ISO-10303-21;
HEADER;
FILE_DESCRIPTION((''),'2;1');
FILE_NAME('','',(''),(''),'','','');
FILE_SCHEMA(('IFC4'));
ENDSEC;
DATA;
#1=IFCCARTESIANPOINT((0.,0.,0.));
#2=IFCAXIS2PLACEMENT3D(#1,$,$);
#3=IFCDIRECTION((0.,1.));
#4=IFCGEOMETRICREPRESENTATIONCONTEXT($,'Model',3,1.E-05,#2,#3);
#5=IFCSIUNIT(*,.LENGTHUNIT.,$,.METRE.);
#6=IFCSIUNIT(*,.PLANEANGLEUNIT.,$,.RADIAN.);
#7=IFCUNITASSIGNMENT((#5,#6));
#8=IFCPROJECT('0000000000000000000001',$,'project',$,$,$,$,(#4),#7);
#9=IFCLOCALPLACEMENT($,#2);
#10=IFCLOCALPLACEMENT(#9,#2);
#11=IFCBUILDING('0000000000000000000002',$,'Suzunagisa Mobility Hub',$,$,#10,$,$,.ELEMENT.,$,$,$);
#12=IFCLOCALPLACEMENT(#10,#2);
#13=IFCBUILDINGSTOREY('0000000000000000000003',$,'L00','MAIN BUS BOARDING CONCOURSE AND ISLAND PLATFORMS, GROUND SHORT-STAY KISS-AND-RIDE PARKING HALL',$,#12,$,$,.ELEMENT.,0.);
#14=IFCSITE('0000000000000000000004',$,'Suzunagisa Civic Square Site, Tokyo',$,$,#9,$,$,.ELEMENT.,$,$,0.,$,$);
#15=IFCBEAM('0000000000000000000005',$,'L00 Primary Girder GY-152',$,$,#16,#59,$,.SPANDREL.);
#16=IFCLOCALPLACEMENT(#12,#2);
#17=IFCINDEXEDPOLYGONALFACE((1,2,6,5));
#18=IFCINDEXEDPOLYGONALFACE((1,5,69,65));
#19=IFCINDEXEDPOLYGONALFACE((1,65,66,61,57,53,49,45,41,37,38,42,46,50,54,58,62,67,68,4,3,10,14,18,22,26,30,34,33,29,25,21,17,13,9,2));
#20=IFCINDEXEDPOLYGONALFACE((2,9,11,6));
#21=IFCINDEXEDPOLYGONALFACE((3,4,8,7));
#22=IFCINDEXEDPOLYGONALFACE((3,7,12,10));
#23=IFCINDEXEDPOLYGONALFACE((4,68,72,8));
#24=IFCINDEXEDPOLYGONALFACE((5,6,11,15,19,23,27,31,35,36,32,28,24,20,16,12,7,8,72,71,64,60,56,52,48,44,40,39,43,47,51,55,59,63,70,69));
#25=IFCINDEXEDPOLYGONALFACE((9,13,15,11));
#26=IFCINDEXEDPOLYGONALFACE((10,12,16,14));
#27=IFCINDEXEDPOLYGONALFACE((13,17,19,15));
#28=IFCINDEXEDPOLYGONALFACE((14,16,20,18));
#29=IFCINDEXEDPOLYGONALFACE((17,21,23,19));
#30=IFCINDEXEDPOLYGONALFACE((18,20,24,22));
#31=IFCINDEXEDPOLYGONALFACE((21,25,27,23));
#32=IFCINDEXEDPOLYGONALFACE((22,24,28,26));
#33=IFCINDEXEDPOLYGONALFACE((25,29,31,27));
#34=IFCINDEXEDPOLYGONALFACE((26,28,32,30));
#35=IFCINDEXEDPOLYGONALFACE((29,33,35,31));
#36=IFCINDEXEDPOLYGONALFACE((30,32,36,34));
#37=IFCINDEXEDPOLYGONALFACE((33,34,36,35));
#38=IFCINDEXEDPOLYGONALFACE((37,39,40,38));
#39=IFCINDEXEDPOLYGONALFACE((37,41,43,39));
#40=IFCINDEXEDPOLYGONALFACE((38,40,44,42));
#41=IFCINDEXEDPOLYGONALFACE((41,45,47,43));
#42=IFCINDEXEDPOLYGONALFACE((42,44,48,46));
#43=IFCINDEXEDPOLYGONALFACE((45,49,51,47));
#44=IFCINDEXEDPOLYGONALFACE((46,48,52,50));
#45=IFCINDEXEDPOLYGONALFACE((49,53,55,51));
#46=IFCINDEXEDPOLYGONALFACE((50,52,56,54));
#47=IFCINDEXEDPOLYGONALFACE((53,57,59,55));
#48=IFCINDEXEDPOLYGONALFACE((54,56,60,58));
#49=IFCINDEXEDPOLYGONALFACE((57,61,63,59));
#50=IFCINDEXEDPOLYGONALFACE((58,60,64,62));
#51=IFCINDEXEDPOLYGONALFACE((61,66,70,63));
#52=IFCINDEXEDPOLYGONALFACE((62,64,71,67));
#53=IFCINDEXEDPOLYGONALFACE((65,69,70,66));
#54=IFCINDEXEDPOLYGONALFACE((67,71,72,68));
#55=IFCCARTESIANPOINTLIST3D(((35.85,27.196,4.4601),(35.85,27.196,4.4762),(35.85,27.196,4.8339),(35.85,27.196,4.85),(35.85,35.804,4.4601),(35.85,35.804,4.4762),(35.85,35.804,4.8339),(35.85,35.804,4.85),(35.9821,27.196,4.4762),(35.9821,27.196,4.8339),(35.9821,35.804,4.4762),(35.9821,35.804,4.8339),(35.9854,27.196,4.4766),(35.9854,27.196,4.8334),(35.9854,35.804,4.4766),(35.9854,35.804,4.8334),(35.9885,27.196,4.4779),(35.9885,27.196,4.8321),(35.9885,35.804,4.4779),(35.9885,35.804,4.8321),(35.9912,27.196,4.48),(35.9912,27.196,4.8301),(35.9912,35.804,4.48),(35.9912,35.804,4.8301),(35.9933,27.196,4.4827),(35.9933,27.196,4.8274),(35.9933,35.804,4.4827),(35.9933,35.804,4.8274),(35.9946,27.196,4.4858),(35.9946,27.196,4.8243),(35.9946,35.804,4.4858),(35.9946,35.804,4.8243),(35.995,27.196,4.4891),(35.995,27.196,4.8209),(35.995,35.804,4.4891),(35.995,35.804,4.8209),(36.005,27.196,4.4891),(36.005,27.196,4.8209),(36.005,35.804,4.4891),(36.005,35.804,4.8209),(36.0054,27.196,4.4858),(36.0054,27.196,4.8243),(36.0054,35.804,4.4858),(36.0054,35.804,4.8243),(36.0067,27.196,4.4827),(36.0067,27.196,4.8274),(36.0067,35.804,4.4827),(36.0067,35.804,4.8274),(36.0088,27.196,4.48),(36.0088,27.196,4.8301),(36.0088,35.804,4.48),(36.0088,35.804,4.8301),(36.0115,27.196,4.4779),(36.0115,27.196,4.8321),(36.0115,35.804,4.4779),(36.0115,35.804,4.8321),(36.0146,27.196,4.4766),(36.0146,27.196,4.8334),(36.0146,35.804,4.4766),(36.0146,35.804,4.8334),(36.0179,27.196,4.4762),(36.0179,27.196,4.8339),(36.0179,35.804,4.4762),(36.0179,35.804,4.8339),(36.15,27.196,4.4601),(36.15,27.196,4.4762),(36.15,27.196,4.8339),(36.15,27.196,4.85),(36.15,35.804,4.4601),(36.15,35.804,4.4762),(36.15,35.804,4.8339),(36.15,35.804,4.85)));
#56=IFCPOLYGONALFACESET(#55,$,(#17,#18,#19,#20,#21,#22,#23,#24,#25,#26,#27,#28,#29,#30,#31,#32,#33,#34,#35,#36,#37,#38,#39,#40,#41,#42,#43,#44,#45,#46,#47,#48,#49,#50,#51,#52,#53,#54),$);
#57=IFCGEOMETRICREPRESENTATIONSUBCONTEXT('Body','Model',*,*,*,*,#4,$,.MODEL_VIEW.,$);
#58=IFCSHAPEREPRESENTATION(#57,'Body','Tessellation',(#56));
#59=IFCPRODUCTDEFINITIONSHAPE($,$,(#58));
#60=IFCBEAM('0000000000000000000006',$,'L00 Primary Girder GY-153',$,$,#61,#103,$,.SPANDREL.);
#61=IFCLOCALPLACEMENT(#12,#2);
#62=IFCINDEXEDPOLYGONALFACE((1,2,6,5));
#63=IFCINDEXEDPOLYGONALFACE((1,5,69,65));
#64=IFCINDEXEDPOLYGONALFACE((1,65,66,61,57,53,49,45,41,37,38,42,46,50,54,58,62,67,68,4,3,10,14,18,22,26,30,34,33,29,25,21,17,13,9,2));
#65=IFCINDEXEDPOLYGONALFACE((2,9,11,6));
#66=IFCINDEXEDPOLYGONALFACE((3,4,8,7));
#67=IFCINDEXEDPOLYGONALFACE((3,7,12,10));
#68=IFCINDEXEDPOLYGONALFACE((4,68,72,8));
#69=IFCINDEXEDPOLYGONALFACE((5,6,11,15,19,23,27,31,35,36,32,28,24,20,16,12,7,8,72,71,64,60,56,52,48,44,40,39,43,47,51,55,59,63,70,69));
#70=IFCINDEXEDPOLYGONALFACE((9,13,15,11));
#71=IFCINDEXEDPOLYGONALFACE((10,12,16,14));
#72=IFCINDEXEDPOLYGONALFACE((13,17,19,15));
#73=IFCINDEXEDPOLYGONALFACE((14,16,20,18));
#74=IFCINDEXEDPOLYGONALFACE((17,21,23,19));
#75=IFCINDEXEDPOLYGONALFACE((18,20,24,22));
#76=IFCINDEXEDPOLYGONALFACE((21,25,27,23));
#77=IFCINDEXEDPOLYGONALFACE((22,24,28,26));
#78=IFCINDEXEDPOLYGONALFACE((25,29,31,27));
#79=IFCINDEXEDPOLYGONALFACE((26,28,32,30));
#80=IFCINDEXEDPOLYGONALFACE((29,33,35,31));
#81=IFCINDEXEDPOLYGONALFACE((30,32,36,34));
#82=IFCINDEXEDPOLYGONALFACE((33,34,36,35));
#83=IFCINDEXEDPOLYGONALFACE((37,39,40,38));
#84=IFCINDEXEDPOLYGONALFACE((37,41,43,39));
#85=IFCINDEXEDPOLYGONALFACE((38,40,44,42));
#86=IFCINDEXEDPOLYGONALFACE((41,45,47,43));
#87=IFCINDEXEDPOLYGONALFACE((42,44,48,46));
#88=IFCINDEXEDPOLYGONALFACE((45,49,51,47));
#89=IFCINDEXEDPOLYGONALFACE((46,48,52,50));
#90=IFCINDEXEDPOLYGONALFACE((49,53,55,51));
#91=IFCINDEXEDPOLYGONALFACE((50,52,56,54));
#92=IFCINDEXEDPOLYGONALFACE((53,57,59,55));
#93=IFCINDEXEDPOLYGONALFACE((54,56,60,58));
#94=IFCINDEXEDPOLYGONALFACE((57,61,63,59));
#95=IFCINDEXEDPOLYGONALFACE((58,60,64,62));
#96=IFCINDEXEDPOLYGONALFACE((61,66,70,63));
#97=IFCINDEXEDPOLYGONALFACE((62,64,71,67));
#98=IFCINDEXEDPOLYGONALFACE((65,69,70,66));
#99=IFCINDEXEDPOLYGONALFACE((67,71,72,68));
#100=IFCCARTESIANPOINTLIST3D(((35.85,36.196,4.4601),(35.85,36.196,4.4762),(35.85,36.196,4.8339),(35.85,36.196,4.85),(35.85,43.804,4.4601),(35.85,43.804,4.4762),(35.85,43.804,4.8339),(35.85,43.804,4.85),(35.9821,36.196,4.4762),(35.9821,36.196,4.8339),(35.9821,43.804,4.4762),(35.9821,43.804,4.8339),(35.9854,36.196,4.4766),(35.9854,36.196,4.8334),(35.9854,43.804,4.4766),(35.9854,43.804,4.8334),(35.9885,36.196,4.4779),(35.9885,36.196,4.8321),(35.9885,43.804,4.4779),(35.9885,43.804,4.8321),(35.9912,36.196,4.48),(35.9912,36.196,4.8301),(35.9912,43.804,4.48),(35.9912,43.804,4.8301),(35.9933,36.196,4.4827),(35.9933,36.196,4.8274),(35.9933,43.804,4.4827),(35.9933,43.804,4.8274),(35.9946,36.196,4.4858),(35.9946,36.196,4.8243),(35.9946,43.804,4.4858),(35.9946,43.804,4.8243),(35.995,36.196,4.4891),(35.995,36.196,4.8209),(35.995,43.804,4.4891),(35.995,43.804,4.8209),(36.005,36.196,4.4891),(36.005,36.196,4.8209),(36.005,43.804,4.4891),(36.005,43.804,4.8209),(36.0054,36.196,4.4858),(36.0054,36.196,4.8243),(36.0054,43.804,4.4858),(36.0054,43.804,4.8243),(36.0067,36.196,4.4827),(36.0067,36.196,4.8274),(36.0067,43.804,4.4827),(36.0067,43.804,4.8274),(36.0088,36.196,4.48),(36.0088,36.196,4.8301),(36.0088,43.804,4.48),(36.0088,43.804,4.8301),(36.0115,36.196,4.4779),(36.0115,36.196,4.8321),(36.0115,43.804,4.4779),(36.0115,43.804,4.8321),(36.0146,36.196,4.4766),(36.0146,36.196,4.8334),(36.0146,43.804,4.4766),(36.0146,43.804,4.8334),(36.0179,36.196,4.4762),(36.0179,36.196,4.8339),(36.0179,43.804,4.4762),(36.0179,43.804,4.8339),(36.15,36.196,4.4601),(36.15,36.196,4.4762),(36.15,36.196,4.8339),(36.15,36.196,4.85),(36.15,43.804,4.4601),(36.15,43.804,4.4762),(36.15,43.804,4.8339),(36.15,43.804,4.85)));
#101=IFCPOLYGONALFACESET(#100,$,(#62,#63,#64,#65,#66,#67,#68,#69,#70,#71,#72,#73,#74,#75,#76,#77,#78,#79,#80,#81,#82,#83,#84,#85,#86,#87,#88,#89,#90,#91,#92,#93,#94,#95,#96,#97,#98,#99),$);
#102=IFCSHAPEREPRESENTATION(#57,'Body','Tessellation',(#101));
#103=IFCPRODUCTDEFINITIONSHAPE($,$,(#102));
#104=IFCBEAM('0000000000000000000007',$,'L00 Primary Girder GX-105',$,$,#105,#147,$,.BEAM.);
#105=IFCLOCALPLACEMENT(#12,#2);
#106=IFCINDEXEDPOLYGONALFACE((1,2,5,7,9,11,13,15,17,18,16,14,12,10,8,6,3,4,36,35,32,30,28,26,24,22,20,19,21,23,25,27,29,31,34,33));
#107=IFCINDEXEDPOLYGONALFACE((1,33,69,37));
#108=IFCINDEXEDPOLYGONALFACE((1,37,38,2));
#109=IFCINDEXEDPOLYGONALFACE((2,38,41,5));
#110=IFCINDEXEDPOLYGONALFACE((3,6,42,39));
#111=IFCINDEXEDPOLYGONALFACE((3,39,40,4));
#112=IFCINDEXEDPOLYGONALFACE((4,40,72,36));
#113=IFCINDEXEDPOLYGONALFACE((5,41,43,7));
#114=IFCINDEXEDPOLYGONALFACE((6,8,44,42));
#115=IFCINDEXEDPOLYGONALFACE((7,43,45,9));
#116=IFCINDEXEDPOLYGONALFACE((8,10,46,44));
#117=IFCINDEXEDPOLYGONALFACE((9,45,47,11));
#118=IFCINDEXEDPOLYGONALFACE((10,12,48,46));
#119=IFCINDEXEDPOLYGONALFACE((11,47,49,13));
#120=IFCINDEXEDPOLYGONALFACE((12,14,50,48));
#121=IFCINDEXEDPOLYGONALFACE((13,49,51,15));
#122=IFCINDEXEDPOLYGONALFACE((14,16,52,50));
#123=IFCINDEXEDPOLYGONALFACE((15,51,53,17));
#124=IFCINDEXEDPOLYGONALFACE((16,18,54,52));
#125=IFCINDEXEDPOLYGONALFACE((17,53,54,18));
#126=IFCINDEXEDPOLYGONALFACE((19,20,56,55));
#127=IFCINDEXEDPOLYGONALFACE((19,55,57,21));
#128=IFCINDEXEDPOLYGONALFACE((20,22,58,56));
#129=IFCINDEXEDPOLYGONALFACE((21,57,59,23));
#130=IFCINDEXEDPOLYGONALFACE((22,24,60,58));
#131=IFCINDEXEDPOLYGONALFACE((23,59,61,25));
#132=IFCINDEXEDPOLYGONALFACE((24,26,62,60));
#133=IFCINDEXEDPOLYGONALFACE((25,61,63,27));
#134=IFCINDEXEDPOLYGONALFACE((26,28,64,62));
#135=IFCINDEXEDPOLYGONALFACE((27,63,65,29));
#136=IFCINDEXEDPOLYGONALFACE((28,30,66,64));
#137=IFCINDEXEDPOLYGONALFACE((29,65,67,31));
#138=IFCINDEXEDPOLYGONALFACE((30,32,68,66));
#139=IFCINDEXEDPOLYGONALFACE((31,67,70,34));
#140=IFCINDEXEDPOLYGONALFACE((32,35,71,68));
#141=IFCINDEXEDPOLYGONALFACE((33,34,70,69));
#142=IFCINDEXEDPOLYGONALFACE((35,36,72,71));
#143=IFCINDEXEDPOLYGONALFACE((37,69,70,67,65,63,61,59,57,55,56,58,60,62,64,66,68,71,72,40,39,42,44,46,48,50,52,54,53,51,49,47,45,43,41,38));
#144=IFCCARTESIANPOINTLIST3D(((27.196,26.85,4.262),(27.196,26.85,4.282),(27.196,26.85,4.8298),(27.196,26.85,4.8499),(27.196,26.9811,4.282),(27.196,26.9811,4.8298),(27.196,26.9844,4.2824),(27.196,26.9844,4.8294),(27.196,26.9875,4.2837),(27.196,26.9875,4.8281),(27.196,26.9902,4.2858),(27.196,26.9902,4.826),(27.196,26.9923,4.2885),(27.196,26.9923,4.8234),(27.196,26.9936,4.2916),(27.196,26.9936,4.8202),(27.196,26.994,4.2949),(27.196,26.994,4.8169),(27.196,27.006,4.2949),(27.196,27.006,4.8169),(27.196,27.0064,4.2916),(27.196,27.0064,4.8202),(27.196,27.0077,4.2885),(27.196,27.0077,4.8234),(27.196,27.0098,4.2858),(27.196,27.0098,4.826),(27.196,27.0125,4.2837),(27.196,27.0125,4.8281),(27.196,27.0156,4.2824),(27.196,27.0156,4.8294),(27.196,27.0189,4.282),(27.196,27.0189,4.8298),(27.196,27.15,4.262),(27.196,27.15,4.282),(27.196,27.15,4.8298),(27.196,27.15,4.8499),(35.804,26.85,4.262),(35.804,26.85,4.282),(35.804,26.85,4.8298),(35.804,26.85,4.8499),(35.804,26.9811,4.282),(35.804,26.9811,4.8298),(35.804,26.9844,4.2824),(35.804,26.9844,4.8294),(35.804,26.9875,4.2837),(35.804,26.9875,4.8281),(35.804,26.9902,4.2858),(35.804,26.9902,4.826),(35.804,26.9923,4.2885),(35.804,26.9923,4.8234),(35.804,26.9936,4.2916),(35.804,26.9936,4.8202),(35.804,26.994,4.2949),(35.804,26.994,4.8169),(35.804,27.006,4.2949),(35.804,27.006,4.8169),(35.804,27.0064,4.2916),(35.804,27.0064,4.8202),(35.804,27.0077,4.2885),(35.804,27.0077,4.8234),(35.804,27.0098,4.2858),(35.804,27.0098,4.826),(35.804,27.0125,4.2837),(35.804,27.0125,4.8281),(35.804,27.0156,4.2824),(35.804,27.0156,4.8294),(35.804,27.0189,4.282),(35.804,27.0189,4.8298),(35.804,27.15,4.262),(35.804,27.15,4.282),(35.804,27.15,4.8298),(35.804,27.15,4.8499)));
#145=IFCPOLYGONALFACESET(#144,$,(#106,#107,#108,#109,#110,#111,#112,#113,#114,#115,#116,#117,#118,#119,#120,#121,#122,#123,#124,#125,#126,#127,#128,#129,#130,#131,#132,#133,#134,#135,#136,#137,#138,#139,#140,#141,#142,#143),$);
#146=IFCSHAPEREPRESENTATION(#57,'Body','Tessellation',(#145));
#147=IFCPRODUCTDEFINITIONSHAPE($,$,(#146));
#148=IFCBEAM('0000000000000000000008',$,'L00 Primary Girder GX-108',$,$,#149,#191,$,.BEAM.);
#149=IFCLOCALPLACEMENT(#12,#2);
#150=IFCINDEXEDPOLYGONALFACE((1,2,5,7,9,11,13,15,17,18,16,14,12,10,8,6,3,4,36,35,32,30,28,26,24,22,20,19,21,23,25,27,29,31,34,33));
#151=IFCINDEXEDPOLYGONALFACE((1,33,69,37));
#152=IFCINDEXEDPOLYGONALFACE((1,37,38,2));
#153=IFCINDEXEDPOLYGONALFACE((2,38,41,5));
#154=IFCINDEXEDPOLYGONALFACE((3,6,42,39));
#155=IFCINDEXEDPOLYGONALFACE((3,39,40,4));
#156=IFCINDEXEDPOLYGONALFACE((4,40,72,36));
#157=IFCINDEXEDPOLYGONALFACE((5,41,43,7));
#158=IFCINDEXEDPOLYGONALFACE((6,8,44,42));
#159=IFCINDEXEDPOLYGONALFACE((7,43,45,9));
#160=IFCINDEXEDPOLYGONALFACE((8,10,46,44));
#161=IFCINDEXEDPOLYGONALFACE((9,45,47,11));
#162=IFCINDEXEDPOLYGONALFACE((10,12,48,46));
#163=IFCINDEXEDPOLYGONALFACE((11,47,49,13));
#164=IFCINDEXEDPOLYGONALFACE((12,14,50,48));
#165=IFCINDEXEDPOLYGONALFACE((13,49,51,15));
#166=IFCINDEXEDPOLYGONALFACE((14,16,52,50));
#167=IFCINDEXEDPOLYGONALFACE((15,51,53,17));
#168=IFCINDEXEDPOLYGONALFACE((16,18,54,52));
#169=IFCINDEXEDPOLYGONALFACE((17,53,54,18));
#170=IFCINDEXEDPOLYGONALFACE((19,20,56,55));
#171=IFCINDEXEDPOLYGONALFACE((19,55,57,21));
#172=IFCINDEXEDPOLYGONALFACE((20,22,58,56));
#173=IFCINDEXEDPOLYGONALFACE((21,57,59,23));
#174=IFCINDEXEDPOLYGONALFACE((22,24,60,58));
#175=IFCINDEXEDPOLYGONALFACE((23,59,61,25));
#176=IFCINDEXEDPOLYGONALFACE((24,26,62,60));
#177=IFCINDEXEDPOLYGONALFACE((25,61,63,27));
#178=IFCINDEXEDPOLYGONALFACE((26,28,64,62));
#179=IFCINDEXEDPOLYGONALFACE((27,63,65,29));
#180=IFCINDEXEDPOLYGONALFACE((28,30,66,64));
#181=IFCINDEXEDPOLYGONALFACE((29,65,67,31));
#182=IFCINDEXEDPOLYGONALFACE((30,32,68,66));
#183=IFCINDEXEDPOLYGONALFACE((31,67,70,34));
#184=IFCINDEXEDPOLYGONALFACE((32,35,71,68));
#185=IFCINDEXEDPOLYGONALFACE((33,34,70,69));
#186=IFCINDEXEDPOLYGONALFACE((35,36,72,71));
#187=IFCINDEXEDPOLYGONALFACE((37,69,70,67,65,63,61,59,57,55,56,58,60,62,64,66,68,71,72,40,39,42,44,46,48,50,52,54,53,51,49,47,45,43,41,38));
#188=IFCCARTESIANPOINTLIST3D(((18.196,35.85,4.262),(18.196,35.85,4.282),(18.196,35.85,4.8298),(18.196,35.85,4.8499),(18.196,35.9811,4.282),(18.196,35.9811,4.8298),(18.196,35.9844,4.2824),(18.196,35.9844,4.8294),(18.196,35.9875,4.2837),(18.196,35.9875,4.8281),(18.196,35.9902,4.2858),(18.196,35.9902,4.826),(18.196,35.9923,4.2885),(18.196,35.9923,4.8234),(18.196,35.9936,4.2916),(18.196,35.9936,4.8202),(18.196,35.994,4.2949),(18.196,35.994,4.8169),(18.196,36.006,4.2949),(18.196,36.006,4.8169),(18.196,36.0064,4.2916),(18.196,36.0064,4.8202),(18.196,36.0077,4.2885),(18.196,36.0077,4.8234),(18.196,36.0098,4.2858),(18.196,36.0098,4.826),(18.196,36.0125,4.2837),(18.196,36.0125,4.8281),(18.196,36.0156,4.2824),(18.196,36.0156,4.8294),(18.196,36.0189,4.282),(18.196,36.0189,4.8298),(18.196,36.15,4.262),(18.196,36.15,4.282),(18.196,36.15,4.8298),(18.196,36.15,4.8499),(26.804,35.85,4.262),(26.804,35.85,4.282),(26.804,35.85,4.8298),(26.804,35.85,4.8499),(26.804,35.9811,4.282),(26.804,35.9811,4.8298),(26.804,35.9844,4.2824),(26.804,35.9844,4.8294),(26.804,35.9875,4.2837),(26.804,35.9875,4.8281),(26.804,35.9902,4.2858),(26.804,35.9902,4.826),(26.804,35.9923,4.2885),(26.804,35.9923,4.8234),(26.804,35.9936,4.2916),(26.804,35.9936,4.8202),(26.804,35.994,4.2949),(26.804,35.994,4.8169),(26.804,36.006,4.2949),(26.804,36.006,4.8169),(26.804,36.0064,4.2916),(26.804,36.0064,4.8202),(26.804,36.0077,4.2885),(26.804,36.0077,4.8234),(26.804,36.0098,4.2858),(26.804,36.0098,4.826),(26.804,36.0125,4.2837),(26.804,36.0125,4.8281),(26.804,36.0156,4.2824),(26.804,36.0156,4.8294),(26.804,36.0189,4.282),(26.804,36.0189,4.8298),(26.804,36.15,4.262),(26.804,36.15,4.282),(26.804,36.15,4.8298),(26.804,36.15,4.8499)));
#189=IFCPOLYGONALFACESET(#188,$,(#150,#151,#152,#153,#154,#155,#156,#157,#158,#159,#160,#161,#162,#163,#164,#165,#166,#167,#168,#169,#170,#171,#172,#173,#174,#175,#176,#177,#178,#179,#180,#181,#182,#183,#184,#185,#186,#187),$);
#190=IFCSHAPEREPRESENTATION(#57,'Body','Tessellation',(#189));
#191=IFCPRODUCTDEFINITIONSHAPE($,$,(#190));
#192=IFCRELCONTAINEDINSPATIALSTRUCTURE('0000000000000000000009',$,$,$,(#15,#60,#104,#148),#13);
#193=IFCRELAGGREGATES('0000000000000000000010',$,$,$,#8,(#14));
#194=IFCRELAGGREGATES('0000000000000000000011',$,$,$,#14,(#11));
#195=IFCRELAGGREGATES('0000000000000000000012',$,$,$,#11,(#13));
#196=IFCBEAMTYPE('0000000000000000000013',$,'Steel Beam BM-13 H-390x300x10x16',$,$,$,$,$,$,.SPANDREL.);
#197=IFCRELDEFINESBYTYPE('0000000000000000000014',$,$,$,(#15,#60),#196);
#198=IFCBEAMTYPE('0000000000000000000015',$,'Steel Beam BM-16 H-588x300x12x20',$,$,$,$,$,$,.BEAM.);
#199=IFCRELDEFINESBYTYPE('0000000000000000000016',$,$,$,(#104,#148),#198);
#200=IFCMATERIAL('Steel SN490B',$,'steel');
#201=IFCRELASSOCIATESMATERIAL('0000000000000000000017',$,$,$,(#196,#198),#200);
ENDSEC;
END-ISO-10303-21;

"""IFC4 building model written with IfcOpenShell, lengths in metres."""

from ifc_helpers import new_model, si_unit, direction, frame, origin, origin_2d, place, context, subcontext, project, spatial, i_section, extrude, material, material_profile, profile_set, type_object, element, save


model = new_model("IFC4")

# Units and contexts
model_context = context("Model", 3, precision=1e-05, world=origin(), true_north=direction((0.0, 1.0)))
body_context = subcontext(model_context, "Body", "Model", "MODEL_VIEW")
ifc_project = project(units=[si_unit("LENGTHUNIT", "METRE"), si_unit("PLANEANGLEUNIT", "RADIAN")], contexts=[model_context])

# Site, building, storey
site_placement = place(None, origin())
site = spatial("IfcSite", under=ifc_project, at=site_placement, Name="Suzunagisa Civic Square Site, Tokyo", CompositionType="ELEMENT", RefElevation=0.0)
building_placement = place(site_placement, origin())
building = spatial("IfcBuilding", under=site, at=building_placement, Name="Suzunagisa Mobility Hub", CompositionType="ELEMENT")
storey_placement = place(building_placement, origin())
storey = spatial("IfcBuildingStorey", under=building, at=storey_placement, Name="L00", Description="MAIN BUS BOARDING CONCOURSE AND ISLAND PLATFORMS, GROUND SHORT-STAY KISS-AND-RIDE PARKING HALL", CompositionType="ELEMENT", Elevation=0.0)

# Shared definitions
ifc_material_1 = material(Name="Steel SN490B", Category="steel")

# Beams
ifc_material_profile_1 = material_profile(ifc_material_1, i_section(OverallWidth=0.3, OverallDepth=0.3899, WebThickness=0.01, FlangeThickness=0.0161, FilletRadius=0.0129, at=origin_2d()), Name="H-390x300x10x16")
ifc_profile_set_1 = profile_set([ifc_material_profile_1], Name="Steel SN490B")
beam_type_1 = type_object("IfcBeamType", Name="Steel Beam BM-13 H-390x300x10x16", PredefinedType="SPANDREL", material=ifc_profile_set_1)
beam_1_placement = place(storey_placement, frame((36.0, 27.196, 4.655), z_axis=(0.0, 1.0, 0.0), x_axis=(-1.0, 0.0, 0.0)))
element("IfcBeam", 1, at=beam_1_placement, inside=storey, type_object=beam_type_1, Name="L00 Primary Girder GY-152", PredefinedType="SPANDREL", context=body_context, shape_type="SweptSolid", body=[
    extrude(i_section(OverallWidth=0.3, OverallDepth=0.3899, WebThickness=0.01, FlangeThickness=0.0161, FilletRadius=0.0129, at=origin_2d()), origin(), (0.0, 0.0, 1.0), 8.6079),
])
beam_2_placement = place(storey_placement, frame((36.0, 36.196, 4.655), z_axis=(0.0, 1.0, 0.0), x_axis=(-1.0, 0.0, 0.0)))
element("IfcBeam", 2, at=beam_2_placement, inside=storey, type_object=beam_type_1, Name="L00 Primary Girder GY-153", PredefinedType="SPANDREL", context=body_context, shape_type="SweptSolid", body=[
    extrude(i_section(OverallWidth=0.3, OverallDepth=0.3899, WebThickness=0.01, FlangeThickness=0.0161, FilletRadius=0.0129, at=origin_2d()), origin(), (0.0, 0.0, 1.0), 7.6079),
])
ifc_material_profile_2 = material_profile(ifc_material_1, i_section(OverallWidth=0.3, OverallDepth=0.5879, WebThickness=0.012, FlangeThickness=0.02, FilletRadius=0.0129, at=origin_2d()), Name="H-588x300x12x20")
ifc_profile_set_2 = profile_set([ifc_material_profile_2], Name="Steel SN490B")
beam_type_2 = type_object("IfcBeamType", Name="Steel Beam BM-16 H-588x300x12x20", PredefinedType="BEAM", material=ifc_profile_set_2)
for number, where, z_axis, x_axis, name in (
    (3, (27.196, 27.0, 4.5559), (1.0, 0.0, 0.0), (0.0, 1.0, 0.0), "L00 Primary Girder GX-105"),
    (4, (18.196, 36.0, 4.5559), (1.0, 0.0, 0.0), (0.0, 1.0, 0.0), "L00 Primary Girder GX-108"),
):
    element("IfcBeam", number, at=place(storey_placement, frame(where, z_axis=z_axis, x_axis=x_axis)), inside=storey, type_object=beam_type_2, Name=name, PredefinedType="BEAM", context=body_context, shape_type="SweptSolid", body=[
        extrude(i_section(OverallWidth=0.3, OverallDepth=0.5879, WebThickness=0.012, FlangeThickness=0.02, FilletRadius=0.0129, at=origin_2d()), origin(), (0.0, 0.0, 1.0), 8.6079),
    ])

save(model, "model.ifc")
